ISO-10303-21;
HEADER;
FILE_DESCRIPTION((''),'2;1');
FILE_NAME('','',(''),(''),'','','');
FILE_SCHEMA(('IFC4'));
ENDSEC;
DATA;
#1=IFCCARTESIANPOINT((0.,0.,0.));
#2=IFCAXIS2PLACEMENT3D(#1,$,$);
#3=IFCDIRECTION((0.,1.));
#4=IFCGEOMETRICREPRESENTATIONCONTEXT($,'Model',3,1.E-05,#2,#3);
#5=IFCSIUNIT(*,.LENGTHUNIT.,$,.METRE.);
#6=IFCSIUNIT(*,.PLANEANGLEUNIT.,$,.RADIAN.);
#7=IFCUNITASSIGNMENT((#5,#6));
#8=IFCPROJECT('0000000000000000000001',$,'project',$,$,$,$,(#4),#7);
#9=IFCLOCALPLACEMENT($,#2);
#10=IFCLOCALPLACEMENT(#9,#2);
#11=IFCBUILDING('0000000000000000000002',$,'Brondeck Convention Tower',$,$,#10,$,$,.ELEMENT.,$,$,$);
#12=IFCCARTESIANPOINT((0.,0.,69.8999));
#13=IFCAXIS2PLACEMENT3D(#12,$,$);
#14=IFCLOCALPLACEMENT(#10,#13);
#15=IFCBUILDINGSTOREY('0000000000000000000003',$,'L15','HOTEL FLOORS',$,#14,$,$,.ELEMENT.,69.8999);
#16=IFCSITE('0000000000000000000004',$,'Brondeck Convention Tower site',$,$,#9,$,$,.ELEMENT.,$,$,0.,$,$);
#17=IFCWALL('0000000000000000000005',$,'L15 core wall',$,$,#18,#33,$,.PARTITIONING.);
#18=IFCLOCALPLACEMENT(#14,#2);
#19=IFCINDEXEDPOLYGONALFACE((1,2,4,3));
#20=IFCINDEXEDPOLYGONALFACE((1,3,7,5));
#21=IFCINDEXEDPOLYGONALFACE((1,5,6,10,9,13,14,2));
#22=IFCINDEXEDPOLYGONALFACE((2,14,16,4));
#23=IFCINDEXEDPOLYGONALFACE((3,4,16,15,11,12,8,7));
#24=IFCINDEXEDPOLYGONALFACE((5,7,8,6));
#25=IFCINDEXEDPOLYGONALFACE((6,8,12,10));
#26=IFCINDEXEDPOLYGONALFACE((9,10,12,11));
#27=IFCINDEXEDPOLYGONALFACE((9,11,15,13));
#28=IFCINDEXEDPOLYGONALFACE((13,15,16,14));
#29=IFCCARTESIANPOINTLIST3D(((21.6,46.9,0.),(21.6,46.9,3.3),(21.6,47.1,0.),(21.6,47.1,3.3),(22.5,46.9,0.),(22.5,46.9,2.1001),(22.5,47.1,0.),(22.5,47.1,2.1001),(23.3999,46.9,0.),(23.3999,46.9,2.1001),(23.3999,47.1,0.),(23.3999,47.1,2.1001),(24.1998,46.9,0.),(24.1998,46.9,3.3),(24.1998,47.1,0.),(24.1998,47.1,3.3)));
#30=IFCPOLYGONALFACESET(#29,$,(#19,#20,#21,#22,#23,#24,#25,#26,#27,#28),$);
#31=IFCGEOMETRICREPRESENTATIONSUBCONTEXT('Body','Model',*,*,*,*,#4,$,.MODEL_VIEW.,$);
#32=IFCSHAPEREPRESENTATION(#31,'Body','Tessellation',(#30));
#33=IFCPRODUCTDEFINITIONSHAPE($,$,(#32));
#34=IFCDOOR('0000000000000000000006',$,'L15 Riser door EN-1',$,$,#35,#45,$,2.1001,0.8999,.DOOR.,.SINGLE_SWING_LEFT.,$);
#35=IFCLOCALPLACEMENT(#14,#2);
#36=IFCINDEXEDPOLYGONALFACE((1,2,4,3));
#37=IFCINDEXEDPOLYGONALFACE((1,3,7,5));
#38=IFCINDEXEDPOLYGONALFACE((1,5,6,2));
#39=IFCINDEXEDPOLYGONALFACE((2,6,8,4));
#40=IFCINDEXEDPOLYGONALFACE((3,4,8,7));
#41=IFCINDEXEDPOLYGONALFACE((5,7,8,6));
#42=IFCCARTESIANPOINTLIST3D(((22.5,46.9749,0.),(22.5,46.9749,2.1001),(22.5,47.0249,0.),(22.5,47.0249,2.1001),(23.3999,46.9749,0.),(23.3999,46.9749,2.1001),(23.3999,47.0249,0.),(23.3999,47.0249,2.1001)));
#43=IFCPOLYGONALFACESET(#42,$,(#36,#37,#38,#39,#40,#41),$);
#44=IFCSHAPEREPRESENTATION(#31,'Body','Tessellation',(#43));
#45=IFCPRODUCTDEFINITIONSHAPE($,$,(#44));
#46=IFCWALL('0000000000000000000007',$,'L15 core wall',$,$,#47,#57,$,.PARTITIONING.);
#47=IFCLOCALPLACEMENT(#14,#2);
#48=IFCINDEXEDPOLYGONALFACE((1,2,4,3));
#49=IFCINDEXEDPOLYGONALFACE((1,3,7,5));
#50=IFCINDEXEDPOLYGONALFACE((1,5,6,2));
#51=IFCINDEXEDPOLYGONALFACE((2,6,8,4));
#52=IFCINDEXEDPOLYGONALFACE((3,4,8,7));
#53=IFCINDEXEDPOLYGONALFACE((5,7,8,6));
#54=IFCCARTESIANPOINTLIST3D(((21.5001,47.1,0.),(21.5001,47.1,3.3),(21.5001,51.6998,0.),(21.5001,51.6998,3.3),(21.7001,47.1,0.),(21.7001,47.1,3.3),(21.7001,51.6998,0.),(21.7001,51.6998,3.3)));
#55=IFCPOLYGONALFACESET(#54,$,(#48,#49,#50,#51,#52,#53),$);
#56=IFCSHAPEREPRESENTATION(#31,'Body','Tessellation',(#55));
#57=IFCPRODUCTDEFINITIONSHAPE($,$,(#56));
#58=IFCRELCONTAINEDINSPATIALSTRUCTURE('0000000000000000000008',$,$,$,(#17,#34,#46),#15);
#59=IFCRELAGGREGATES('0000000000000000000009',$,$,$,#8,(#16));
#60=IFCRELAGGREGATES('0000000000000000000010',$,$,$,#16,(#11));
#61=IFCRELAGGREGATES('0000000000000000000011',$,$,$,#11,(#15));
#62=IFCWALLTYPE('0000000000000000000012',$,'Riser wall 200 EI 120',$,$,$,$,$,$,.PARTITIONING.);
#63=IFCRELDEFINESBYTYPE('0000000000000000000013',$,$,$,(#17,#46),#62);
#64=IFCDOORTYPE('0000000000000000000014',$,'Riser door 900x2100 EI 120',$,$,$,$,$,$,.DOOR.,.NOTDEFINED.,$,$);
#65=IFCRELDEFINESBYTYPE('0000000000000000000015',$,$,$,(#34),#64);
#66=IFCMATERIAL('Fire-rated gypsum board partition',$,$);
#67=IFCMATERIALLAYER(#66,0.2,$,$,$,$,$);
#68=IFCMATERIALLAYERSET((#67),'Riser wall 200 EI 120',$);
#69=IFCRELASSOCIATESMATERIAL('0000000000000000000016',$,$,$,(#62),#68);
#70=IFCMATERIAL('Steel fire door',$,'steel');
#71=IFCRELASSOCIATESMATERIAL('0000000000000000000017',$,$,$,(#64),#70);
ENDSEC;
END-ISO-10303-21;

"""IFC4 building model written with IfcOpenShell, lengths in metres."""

from ifc_helpers import new_model, si_unit, direction, frame, frame_2d, origin, place, context, subcontext, project, spatial, rectangle, extrude, material, layer, layer_set, type_object, element, fill, save


model = new_model("IFC4")

# Units and contexts
model_context = context("Model", 3, precision=1e-05, world=origin(), true_north=direction((0.0, 1.0)))
body_context = subcontext(model_context, "Body", "Model", "MODEL_VIEW")
ifc_project = project(units=[si_unit("LENGTHUNIT", "METRE"), si_unit("PLANEANGLEUNIT", "RADIAN")], contexts=[model_context])

# Site, building, storey
site_placement = place(None, origin())
site = spatial("IfcSite", under=ifc_project, at=site_placement, Name="Brondeck Convention Tower site", CompositionType="ELEMENT", RefElevation=0.0)
building_placement = place(site_placement, origin())
building = spatial("IfcBuilding", under=site, at=building_placement, Name="Brondeck Convention Tower", CompositionType="ELEMENT")
storey_placement = place(building_placement, frame((0.0, 0.0, 69.8999)))
storey = spatial("IfcBuildingStorey", under=building, at=storey_placement, Name="L15", Description="HOTEL FLOORS", CompositionType="ELEMENT", Elevation=69.8999)

# Shared definitions
ifc_material_1 = material(Name="Fire-rated gypsum board partition")

# Shared definitions
ifc_material_2 = material(Name="Steel fire door", Category="steel")

# Wall, opening, door
ifc_layer_1 = layer(ifc_material_1, 0.2)
ifc_layer_set_1 = layer_set([ifc_layer_1], Name="Riser wall 200 EI 120")
wall_type_1 = type_object("IfcWallType", Name="Riser wall 200 EI 120", PredefinedType="PARTITIONING", material=ifc_layer_set_1)
wall_1_placement = place(storey_placement, frame((21.6001, 47.0, 0.0), z_axis=(0.0, 0.0, 1.0), x_axis=(1.0, 0.0, 0.0)))
wall_1 = element("IfcWall", 1, at=wall_1_placement, inside=storey, type_object=wall_type_1, Name="L15 core wall", PredefinedType="PARTITIONING", context=body_context, shape_type="SweptSolid", body=[
    extrude(rectangle(XDim=2.5999, YDim=0.2, at=frame_2d((1.2998, 0.0))), origin(), (0.0, 0.0, 1.0), 3.3),
])
opening_1_placement = place(wall_1_placement, frame((0.8999, 0.0, 0.0)))
opening_1 = element("IfcOpeningElement", 2, at=opening_1_placement, cuts=wall_1, PredefinedType="OPENING", context=body_context, shape_type="SweptSolid", body=[
    extrude(rectangle(XDim=0.8999, YDim=2.1001, at=frame_2d((0.45, 1.05))), frame((0.0, 0.1099, 0.0), z_axis=(0.0, -1.0, 0.0), x_axis=(1.0, 0.0, 0.0)), (0.0, 0.0, 1.0), 0.22),
])
door_type_1 = type_object("IfcDoorType", Name="Riser door 900x2100 EI 120", OperationType="NOTDEFINED", PredefinedType="DOOR", material=ifc_material_2)
door_1_placement = place(opening_1_placement, origin())
door_1 = element("IfcDoor", 3, at=door_1_placement, inside=storey, type_object=door_type_1, Name="L15 Riser door EN-1", OperationType="SINGLE_SWING_LEFT", OverallHeight=2.1001, OverallWidth=0.8999, PredefinedType="DOOR", context=body_context, shape_type="SweptSolid", body=[
    extrude(rectangle(XDim=0.8999, YDim=2.1001, at=frame_2d((0.45, 1.05))), frame((0.0, 0.0249, 0.0), z_axis=(0.0, -1.0, 0.0), x_axis=(1.0, 0.0, 0.0)), (0.0, 0.0, 1.0), 0.05),
])
fill(opening_1, door_1)

# Wall
wall_2_placement = place(storey_placement, frame((21.6001, 47.1001, 0.0), z_axis=(0.0, 0.0, 1.0), x_axis=(0.0, 1.0, 0.0)))
element("IfcWall", 4, at=wall_2_placement, inside=storey, type_object=wall_type_1, Name="L15 core wall", PredefinedType="PARTITIONING", context=body_context, shape_type="SweptSolid", body=[
    extrude(rectangle(XDim=4.5999, YDim=0.2, at=frame_2d((2.2998, 0.0))), origin(), (0.0, 0.0, 1.0), 3.3),
])

save(model, "model.ifc")
